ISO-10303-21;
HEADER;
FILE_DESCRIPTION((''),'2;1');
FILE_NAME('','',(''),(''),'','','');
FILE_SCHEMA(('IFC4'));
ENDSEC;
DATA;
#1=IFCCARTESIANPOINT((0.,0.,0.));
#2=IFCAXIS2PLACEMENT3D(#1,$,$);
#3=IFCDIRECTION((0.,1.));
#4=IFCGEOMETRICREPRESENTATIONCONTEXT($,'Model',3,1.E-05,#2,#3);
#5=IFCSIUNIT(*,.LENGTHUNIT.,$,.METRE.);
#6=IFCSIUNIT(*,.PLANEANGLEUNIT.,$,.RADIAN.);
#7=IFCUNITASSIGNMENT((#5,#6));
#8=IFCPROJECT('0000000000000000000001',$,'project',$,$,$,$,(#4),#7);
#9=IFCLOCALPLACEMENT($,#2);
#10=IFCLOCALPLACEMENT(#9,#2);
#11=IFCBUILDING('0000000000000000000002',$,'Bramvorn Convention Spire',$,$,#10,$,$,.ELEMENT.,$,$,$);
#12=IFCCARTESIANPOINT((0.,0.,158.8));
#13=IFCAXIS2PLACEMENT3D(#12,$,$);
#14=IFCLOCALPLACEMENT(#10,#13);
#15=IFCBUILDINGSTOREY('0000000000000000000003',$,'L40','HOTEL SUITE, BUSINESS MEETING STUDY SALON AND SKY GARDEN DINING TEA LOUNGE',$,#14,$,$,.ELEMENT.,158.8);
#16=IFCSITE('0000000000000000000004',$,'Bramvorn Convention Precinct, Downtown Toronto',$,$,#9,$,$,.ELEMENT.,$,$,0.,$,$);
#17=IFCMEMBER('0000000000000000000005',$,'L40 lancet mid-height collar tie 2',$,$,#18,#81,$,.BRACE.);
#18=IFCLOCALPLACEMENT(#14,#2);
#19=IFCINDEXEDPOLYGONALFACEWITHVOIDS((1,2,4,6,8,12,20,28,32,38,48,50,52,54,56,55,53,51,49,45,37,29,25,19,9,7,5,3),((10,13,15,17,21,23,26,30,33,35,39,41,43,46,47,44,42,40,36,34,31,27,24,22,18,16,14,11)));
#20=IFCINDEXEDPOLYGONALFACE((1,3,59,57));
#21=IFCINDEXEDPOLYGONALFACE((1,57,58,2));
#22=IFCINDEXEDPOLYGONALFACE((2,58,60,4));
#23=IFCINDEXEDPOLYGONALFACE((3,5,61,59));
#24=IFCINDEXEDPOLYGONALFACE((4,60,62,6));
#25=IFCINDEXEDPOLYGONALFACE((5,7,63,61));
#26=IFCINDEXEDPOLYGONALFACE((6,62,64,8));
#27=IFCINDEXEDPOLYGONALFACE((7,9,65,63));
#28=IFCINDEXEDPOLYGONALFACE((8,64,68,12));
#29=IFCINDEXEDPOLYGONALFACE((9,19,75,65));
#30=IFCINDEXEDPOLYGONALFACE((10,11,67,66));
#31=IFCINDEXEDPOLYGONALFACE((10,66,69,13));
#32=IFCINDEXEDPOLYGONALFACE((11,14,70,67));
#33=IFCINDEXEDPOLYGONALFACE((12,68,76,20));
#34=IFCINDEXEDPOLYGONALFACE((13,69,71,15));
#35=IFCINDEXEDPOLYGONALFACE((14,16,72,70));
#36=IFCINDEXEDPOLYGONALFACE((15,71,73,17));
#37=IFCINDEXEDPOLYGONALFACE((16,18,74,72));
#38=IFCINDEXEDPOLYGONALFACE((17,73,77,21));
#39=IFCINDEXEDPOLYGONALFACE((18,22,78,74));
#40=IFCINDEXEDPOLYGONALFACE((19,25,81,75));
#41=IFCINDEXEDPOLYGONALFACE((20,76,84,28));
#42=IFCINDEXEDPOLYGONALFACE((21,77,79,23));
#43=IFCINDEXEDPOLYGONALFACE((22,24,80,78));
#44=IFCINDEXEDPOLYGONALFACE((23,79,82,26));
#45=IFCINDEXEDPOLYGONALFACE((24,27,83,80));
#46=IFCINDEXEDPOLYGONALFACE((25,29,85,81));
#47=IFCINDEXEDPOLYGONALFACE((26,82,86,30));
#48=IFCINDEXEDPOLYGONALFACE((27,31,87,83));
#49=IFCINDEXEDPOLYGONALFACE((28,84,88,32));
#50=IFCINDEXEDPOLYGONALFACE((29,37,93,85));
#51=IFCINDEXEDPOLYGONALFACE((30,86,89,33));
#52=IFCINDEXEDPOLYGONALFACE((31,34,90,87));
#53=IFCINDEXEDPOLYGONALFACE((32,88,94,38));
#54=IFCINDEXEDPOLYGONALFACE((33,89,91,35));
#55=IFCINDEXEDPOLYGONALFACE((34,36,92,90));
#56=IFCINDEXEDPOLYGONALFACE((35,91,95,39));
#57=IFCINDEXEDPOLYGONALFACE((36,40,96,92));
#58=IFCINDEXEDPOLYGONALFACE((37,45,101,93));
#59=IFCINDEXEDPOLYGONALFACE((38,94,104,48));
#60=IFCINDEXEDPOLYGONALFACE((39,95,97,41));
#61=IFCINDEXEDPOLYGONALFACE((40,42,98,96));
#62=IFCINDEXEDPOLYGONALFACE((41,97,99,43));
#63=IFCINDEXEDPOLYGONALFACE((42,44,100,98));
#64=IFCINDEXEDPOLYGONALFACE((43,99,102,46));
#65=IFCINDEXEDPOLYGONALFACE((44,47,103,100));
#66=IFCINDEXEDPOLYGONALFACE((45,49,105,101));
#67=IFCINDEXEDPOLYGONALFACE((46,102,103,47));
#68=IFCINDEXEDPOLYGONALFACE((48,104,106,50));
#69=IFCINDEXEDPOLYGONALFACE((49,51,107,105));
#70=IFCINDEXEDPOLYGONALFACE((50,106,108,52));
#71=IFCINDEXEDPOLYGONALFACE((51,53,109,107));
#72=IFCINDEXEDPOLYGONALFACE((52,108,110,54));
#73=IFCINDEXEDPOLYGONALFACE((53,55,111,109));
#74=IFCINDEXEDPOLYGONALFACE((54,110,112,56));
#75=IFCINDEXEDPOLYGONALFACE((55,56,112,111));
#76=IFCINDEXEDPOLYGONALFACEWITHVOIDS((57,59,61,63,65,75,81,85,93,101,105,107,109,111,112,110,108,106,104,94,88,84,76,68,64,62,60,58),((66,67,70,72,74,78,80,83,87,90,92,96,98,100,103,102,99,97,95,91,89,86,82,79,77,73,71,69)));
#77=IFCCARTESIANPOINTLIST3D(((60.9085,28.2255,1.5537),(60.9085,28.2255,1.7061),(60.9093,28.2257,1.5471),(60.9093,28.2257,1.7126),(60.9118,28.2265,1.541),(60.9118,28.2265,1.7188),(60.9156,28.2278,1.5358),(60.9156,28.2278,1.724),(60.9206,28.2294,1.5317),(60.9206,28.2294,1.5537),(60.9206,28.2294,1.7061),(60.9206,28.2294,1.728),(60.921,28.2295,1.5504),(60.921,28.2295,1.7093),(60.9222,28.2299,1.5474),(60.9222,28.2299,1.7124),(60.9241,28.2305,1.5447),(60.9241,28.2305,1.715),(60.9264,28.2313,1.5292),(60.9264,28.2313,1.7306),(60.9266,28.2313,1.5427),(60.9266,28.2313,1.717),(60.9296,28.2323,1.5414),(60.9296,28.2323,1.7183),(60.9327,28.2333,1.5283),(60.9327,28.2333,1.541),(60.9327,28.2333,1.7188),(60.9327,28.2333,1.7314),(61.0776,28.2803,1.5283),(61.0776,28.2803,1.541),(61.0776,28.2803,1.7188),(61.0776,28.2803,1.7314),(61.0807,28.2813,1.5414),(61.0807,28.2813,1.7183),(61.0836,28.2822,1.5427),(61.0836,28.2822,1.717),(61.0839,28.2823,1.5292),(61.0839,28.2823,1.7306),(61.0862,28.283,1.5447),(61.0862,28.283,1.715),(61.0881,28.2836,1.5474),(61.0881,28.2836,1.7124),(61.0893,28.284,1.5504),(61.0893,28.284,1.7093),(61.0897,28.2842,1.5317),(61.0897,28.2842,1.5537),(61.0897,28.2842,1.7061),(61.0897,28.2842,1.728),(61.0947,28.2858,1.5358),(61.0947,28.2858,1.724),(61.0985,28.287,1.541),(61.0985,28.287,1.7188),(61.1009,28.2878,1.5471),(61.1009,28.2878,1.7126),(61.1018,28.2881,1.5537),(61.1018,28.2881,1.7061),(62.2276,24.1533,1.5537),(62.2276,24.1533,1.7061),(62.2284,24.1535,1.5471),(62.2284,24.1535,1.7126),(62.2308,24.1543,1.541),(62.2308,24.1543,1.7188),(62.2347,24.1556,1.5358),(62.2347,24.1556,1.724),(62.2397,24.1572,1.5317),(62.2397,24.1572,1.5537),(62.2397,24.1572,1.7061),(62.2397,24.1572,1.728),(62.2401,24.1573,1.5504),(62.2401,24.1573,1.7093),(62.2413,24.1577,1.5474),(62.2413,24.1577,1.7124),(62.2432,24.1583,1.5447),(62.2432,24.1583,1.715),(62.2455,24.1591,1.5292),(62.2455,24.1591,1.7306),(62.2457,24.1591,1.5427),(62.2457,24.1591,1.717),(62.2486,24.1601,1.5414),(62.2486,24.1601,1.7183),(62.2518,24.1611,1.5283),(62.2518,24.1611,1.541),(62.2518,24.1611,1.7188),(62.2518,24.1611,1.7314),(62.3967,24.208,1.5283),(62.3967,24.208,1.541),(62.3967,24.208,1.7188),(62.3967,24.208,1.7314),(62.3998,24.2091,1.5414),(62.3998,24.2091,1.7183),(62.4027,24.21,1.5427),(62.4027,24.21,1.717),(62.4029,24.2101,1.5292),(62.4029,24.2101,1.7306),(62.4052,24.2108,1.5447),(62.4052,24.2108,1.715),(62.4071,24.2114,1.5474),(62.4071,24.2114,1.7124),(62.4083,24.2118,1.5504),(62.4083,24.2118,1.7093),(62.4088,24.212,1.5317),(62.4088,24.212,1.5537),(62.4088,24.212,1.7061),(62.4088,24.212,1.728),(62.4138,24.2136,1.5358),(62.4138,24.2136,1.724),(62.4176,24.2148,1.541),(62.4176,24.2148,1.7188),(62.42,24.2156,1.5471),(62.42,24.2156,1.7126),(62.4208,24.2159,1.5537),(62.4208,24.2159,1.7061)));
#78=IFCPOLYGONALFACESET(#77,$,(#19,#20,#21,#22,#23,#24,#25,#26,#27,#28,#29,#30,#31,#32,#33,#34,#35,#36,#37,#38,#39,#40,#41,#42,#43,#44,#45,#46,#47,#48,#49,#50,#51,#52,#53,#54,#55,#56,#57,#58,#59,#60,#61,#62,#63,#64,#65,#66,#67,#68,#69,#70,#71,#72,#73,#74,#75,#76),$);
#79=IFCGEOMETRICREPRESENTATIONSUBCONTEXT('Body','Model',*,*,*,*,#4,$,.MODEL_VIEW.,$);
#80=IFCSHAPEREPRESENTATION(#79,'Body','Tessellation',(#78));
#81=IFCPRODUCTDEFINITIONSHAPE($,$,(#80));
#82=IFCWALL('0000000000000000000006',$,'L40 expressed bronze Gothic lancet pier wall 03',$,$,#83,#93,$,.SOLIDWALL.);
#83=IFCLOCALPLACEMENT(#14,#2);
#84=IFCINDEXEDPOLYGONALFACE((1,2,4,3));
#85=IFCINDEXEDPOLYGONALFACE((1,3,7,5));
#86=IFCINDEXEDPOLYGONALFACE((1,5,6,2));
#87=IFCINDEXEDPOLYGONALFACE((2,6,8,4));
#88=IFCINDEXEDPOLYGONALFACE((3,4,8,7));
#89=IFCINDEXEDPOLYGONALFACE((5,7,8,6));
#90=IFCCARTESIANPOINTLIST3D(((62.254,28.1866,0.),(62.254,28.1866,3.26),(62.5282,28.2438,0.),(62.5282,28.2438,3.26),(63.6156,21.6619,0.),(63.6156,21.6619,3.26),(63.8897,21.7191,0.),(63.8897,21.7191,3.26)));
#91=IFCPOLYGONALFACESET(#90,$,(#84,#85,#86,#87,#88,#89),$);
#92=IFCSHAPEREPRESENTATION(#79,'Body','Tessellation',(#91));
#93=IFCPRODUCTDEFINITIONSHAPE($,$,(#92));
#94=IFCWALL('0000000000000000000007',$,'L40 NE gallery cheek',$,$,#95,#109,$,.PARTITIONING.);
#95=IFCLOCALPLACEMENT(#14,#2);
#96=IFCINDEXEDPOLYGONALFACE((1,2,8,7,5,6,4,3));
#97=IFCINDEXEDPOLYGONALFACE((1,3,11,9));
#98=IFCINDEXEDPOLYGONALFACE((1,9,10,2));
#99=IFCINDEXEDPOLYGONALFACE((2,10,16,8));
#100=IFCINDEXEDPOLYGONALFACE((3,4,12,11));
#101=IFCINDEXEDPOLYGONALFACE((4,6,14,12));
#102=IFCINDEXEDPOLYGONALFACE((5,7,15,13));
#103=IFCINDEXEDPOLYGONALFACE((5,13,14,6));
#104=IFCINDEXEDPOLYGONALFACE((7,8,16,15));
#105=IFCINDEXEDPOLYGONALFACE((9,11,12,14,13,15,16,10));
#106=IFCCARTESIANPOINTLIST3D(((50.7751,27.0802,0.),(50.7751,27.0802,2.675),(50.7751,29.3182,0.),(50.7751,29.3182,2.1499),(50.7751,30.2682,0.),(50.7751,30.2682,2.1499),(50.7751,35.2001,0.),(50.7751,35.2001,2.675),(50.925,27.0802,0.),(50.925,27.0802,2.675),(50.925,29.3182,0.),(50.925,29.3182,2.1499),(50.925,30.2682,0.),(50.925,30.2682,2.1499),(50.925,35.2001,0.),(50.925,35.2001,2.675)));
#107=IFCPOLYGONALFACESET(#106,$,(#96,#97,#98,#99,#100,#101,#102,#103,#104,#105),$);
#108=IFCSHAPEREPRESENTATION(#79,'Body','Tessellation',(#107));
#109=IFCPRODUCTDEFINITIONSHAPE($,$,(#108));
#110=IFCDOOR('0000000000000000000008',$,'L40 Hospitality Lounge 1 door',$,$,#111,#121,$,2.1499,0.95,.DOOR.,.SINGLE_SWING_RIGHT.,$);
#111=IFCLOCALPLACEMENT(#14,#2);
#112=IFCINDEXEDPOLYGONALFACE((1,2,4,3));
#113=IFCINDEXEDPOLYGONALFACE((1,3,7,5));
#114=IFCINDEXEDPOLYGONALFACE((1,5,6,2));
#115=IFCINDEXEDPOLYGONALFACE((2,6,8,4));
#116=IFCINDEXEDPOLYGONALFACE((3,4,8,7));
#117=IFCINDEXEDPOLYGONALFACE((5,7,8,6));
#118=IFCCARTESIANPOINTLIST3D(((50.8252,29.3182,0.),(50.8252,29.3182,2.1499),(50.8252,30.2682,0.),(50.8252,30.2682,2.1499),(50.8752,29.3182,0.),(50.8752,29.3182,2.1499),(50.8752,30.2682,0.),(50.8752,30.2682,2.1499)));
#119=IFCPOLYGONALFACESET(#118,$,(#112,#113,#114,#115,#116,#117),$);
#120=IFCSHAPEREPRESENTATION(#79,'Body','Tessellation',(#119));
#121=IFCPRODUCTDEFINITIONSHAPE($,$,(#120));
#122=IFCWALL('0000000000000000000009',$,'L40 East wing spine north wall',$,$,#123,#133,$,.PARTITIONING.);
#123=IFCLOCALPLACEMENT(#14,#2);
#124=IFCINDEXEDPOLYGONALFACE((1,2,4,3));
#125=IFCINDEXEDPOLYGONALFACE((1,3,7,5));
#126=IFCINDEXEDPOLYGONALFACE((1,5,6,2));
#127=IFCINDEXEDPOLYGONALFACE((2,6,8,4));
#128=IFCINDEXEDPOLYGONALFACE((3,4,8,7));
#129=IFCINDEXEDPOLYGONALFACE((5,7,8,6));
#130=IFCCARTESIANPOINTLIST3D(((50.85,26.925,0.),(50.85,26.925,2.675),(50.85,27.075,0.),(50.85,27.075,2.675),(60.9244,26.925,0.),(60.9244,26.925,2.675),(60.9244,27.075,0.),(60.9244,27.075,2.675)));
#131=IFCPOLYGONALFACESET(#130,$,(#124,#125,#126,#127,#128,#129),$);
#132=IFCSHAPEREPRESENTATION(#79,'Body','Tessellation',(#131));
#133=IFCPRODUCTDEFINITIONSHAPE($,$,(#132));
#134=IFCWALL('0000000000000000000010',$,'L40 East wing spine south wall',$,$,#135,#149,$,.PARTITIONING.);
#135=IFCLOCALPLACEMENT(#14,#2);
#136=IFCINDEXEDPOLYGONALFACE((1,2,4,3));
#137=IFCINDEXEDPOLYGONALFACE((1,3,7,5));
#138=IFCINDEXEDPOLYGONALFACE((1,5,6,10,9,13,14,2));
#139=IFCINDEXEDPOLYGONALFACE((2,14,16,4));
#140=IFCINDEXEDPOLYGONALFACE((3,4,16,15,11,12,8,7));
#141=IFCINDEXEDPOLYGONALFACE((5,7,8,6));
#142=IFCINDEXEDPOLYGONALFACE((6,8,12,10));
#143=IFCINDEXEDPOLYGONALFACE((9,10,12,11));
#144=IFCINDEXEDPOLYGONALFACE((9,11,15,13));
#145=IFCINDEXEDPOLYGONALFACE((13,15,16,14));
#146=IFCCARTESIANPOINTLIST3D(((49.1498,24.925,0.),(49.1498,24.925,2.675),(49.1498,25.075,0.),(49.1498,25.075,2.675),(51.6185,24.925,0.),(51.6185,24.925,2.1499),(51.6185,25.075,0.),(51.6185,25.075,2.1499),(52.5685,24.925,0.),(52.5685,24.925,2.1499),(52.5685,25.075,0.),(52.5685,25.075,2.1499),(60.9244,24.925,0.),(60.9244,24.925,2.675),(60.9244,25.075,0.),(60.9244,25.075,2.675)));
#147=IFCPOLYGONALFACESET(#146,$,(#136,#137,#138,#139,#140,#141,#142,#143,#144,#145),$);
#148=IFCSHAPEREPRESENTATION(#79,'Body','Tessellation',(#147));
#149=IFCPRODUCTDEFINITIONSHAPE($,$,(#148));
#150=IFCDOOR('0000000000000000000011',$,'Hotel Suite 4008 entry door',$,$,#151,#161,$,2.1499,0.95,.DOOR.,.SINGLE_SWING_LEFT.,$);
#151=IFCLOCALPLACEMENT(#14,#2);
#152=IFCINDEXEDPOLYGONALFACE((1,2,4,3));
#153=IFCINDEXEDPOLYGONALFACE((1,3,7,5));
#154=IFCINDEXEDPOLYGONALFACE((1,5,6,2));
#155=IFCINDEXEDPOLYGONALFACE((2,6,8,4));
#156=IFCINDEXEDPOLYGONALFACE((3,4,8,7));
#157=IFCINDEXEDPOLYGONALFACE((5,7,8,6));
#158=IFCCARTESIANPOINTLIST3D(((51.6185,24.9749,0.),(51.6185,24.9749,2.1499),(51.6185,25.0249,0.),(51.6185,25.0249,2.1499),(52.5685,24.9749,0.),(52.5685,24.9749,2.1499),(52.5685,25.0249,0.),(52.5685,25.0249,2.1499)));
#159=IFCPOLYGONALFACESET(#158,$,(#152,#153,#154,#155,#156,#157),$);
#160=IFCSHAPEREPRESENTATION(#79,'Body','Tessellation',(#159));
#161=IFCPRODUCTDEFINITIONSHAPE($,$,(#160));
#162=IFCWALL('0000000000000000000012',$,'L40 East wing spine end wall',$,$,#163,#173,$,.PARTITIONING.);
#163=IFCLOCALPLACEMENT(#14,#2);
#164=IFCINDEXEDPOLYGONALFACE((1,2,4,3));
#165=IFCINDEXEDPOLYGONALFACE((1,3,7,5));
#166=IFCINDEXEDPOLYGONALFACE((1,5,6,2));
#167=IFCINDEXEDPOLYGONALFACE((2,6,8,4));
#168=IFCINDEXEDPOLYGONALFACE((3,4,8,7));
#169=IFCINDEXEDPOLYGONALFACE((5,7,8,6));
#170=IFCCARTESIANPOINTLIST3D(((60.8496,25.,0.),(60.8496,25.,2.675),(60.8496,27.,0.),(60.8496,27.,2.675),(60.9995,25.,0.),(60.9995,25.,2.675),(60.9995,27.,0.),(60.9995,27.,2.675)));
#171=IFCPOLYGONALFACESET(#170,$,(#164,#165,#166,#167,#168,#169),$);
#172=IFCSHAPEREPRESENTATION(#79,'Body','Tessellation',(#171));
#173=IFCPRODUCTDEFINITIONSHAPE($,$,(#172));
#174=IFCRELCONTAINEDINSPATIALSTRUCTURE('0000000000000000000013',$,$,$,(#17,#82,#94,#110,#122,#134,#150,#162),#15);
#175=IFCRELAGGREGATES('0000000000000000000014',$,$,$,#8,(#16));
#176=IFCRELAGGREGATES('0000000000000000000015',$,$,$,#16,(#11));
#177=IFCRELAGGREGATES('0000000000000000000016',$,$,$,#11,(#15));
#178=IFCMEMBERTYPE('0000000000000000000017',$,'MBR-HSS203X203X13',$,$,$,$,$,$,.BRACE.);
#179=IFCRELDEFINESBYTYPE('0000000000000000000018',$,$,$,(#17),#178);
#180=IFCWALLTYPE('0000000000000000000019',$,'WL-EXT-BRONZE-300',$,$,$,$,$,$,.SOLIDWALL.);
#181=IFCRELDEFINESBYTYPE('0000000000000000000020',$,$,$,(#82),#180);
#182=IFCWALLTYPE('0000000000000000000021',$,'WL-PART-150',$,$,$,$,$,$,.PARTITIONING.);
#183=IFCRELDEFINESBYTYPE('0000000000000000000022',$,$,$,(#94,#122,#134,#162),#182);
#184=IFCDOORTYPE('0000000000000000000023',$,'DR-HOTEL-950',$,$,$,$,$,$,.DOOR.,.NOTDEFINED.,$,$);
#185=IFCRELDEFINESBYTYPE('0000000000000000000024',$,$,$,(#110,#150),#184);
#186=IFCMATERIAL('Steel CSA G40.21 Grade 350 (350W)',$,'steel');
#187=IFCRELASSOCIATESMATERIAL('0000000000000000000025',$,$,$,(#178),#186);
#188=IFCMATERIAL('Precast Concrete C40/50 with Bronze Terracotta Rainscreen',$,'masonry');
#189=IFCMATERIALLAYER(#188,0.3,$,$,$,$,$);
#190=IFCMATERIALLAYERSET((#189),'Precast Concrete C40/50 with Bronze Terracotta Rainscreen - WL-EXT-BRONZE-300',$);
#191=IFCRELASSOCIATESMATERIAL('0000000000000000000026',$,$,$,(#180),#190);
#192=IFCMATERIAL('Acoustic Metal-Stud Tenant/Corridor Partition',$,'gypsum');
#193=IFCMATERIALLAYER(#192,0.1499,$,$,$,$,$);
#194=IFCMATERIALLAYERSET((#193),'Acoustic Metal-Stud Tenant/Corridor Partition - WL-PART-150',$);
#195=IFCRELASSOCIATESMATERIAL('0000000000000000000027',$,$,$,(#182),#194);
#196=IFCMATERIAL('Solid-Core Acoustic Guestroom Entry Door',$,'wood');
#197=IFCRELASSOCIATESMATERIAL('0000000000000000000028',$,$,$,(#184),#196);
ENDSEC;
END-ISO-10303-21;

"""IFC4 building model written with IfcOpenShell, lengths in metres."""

from ifc_helpers import new_model, si_unit, direction, frame, frame_2d, origin, origin_2d, place, context, subcontext, project, spatial, rectangle, hollow_rectangle, extrude, material, layer, layer_set, material_profile, profile_set, type_object, element, fill, save


model = new_model("IFC4")

# Units and contexts
model_context = context("Model", 3, precision=1e-05, world=origin(), true_north=direction((0.0, 1.0)))
body_context = subcontext(model_context, "Body", "Model", "MODEL_VIEW")
ifc_project = project(units=[si_unit("LENGTHUNIT", "METRE"), si_unit("PLANEANGLEUNIT", "RADIAN")], contexts=[model_context])

# Site, building, storey
site_placement = place(None, origin())
site = spatial("IfcSite", under=ifc_project, at=site_placement, Name="Bramvorn Convention Precinct, Downtown Toronto", CompositionType="ELEMENT", RefElevation=0.0)
building_placement = place(site_placement, origin())
building = spatial("IfcBuilding", under=site, at=building_placement, Name="Bramvorn Convention Spire", CompositionType="ELEMENT")
storey_placement = place(building_placement, frame((0.0, 0.0, 158.8)))
storey = spatial("IfcBuildingStorey", under=building, at=storey_placement, Name="L40", Description="HOTEL SUITE, BUSINESS MEETING STUDY SALON AND SKY GARDEN DINING TEA LOUNGE", CompositionType="ELEMENT", Elevation=158.8)

# Shared definitions
ifc_material_1 = material(Name="Steel CSA G40.21 Grade 350 (350W)", Category="steel")

# Member
ifc_material_profile_1 = material_profile(ifc_material_1, hollow_rectangle(XDim=0.2031, YDim=0.2031, WallThickness=0.0127, InnerFilletRadius=0.0127, OuterFilletRadius=0.0254, at=origin_2d()))
ifc_profile_set_1 = profile_set([ifc_material_profile_1], Name="Steel CSA G40.21 Grade 350 (350W) - HSS203X203X13")
member_type_1 = type_object("IfcMemberType", Name="MBR-HSS203X203X13", PredefinedType="BRACE", material=ifc_profile_set_1)
member_1_placement = place(storey_placement, frame((62.3242, 24.1846, 1.6299), z_axis=(-0.308157, 0.951335, 0.0), x_axis=(-0.951335, -0.308157, 0.0)))
element("IfcMember", 1, at=member_1_placement, inside=storey, type_object=member_type_1, Name="L40 lancet mid-height collar tie 2", PredefinedType="BRACE", context=body_context, shape_type="SweptSolid", body=[
    extrude(hollow_rectangle(XDim=0.2031, YDim=0.2031, WallThickness=0.0127, InnerFilletRadius=0.0127, OuterFilletRadius=0.0254, at=origin_2d()), origin(), (0.0, 0.0, 1.0), 4.2805),
])

# Wall
ifc_material_2 = material(Name="Precast Concrete C40/50 with Bronze Terracotta Rainscreen", Category="masonry")
ifc_layer_1 = layer(ifc_material_2, 0.3)
ifc_layer_set_1 = layer_set([ifc_layer_1], Name="Precast Concrete C40/50 with Bronze Terracotta Rainscreen - WL-EXT-BRONZE-300")
wall_type_1 = type_object("IfcWallType", Name="WL-EXT-BRONZE-300", PredefinedType="SOLIDWALL", material=ifc_layer_set_1)
wall_1_placement = place(storey_placement, frame((62.3911, 28.2151, 0.0), z_axis=(0.0, 0.0, 1.0), x_axis=(0.20428, -0.978912, 0.0)))
element("IfcWall", 2, at=wall_1_placement, inside=storey, type_object=wall_type_1, Name="L40 expressed bronze Gothic lancet pier wall 03", PredefinedType="SOLIDWALL", context=body_context, shape_type="SweptSolid", body=[
    extrude(rectangle(XDim=6.6653, YDim=0.28, at=frame_2d((3.3325, 0.0))), origin(), (0.0, 0.0, 1.0), 3.26),
])

# Wall, opening, door
ifc_material_3 = material(Name="Acoustic Metal-Stud Tenant/Corridor Partition", Category="gypsum")
ifc_layer_2 = layer(ifc_material_3, 0.1499)
ifc_layer_set_2 = layer_set([ifc_layer_2], Name="Acoustic Metal-Stud Tenant/Corridor Partition - WL-PART-150")
wall_type_2 = type_object("IfcWallType", Name="WL-PART-150", PredefinedType="PARTITIONING", material=ifc_layer_set_2)
wall_2_placement = place(storey_placement, frame((50.8501, 27.0801, 0.0), z_axis=(0.0, 0.0, 1.0), x_axis=(0.0, 1.0, 0.0)))
wall_2 = element("IfcWall", 3, at=wall_2_placement, inside=storey, type_object=wall_type_2, Name="L40 NE gallery cheek", PredefinedType="PARTITIONING", context=body_context, shape_type="SweptSolid", body=[
    extrude(rectangle(XDim=8.1199, YDim=0.1499, at=frame_2d((4.0601, 0.0))), origin(), (0.0, 0.0, 1.0), 2.675),
])
opening_1_placement = place(wall_2_placement, frame((2.238, 0.0, 0.0)))
opening_1 = element("IfcOpeningElement", 4, at=opening_1_placement, cuts=wall_2, PredefinedType="OPENING", context=body_context, shape_type="SweptSolid", body=[
    extrude(rectangle(XDim=0.95, YDim=2.1499, at=frame_2d((0.4751, 1.075))), frame((0.0, 0.085, 0.0), z_axis=(0.0, -1.0, 0.0), x_axis=(1.0, 0.0, 0.0)), (0.0, 0.0, 1.0), 0.1699),
])
ifc_material_4 = material(Name="Solid-Core Acoustic Guestroom Entry Door", Category="wood")
door_type = type_object("IfcDoorType", Name="DR-HOTEL-950", OperationType="NOTDEFINED", PredefinedType="DOOR", material=ifc_material_4)
door_1_placement = place(opening_1_placement, origin())
door_1 = element("IfcDoor", 5, at=door_1_placement, inside=storey, type_object=door_type, Name="L40 Hospitality Lounge 1 door", OperationType="SINGLE_SWING_RIGHT", OverallHeight=2.1499, OverallWidth=0.95, PredefinedType="DOOR", context=body_context, shape_type="SweptSolid", body=[
    extrude(rectangle(XDim=0.95, YDim=2.1499, at=frame_2d((0.4751, 1.075))), frame((0.0, 0.0249, 0.0), z_axis=(0.0, -1.0, 0.0), x_axis=(1.0, 0.0, 0.0)), (0.0, 0.0, 1.0), 0.05),
])
fill(opening_1, door_1)

# Wall
wall_3_placement = place(storey_placement, frame((50.8501, 27.0, 0.0), z_axis=(0.0, 0.0, 1.0), x_axis=(1.0, 0.0, 0.0)))
element("IfcWall", 6, at=wall_3_placement, inside=storey, type_object=wall_type_2, Name="L40 East wing spine north wall", PredefinedType="PARTITIONING", context=body_context, shape_type="SweptSolid", body=[
    extrude(rectangle(XDim=10.0745, YDim=0.1499, at=frame_2d((5.0371, 0.0))), origin(), (0.0, 0.0, 1.0), 2.675),
])

# Wall, opening, door
wall_4_placement = place(storey_placement, frame((49.1499, 25.0, 0.0), z_axis=(0.0, 0.0, 1.0), x_axis=(1.0, 0.0, 0.0)))
wall_4 = element("IfcWall", 7, at=wall_4_placement, inside=storey, type_object=wall_type_2, Name="L40 East wing spine south wall", PredefinedType="PARTITIONING", context=body_context, shape_type="SweptSolid", body=[
    extrude(rectangle(XDim=11.7747, YDim=0.1499, at=frame_2d((5.8872, 0.0))), origin(), (0.0, 0.0, 1.0), 2.675),
])
opening_2_placement = place(wall_4_placement, frame((2.4685, 0.0, 0.0)))
opening_2 = element("IfcOpeningElement", 8, at=opening_2_placement, cuts=wall_4, PredefinedType="OPENING", context=body_context, shape_type="SweptSolid", body=[
    extrude(rectangle(XDim=0.95, YDim=2.1499, at=frame_2d((0.4751, 1.075))), frame((0.0, 0.085, 0.0), z_axis=(0.0, -1.0, 0.0), x_axis=(1.0, 0.0, 0.0)), (0.0, 0.0, 1.0), 0.1699),
])
door_2_placement = place(opening_2_placement, origin())
door_2 = element("IfcDoor", 9, at=door_2_placement, inside=storey, type_object=door_type, Name="Hotel Suite 4008 entry door", OperationType="SINGLE_SWING_LEFT", OverallHeight=2.1499, OverallWidth=0.95, PredefinedType="DOOR", context=body_context, shape_type="SweptSolid", body=[
    extrude(rectangle(XDim=0.95, YDim=2.1499, at=frame_2d((0.4751, 1.075))), frame((0.0, 0.0249, 0.0), z_axis=(0.0, -1.0, 0.0), x_axis=(1.0, 0.0, 0.0)), (0.0, 0.0, 1.0), 0.05),
])
fill(opening_2, door_2)

# Wall
wall_5_placement = place(storey_placement, frame((60.9246, 25.0, 0.0), z_axis=(0.0, 0.0, 1.0), x_axis=(0.0, 1.0, 0.0)))
element("IfcWall", 10, at=wall_5_placement, inside=storey, type_object=wall_type_2, Name="L40 East wing spine end wall", PredefinedType="PARTITIONING", context=body_context, shape_type="SweptSolid", body=[
    extrude(rectangle(XDim=2.0, YDim=0.1499, at=frame_2d((1.0, 0.0))), origin(), (0.0, 0.0, 1.0), 2.675),
])

save(model, "model.ifc")
